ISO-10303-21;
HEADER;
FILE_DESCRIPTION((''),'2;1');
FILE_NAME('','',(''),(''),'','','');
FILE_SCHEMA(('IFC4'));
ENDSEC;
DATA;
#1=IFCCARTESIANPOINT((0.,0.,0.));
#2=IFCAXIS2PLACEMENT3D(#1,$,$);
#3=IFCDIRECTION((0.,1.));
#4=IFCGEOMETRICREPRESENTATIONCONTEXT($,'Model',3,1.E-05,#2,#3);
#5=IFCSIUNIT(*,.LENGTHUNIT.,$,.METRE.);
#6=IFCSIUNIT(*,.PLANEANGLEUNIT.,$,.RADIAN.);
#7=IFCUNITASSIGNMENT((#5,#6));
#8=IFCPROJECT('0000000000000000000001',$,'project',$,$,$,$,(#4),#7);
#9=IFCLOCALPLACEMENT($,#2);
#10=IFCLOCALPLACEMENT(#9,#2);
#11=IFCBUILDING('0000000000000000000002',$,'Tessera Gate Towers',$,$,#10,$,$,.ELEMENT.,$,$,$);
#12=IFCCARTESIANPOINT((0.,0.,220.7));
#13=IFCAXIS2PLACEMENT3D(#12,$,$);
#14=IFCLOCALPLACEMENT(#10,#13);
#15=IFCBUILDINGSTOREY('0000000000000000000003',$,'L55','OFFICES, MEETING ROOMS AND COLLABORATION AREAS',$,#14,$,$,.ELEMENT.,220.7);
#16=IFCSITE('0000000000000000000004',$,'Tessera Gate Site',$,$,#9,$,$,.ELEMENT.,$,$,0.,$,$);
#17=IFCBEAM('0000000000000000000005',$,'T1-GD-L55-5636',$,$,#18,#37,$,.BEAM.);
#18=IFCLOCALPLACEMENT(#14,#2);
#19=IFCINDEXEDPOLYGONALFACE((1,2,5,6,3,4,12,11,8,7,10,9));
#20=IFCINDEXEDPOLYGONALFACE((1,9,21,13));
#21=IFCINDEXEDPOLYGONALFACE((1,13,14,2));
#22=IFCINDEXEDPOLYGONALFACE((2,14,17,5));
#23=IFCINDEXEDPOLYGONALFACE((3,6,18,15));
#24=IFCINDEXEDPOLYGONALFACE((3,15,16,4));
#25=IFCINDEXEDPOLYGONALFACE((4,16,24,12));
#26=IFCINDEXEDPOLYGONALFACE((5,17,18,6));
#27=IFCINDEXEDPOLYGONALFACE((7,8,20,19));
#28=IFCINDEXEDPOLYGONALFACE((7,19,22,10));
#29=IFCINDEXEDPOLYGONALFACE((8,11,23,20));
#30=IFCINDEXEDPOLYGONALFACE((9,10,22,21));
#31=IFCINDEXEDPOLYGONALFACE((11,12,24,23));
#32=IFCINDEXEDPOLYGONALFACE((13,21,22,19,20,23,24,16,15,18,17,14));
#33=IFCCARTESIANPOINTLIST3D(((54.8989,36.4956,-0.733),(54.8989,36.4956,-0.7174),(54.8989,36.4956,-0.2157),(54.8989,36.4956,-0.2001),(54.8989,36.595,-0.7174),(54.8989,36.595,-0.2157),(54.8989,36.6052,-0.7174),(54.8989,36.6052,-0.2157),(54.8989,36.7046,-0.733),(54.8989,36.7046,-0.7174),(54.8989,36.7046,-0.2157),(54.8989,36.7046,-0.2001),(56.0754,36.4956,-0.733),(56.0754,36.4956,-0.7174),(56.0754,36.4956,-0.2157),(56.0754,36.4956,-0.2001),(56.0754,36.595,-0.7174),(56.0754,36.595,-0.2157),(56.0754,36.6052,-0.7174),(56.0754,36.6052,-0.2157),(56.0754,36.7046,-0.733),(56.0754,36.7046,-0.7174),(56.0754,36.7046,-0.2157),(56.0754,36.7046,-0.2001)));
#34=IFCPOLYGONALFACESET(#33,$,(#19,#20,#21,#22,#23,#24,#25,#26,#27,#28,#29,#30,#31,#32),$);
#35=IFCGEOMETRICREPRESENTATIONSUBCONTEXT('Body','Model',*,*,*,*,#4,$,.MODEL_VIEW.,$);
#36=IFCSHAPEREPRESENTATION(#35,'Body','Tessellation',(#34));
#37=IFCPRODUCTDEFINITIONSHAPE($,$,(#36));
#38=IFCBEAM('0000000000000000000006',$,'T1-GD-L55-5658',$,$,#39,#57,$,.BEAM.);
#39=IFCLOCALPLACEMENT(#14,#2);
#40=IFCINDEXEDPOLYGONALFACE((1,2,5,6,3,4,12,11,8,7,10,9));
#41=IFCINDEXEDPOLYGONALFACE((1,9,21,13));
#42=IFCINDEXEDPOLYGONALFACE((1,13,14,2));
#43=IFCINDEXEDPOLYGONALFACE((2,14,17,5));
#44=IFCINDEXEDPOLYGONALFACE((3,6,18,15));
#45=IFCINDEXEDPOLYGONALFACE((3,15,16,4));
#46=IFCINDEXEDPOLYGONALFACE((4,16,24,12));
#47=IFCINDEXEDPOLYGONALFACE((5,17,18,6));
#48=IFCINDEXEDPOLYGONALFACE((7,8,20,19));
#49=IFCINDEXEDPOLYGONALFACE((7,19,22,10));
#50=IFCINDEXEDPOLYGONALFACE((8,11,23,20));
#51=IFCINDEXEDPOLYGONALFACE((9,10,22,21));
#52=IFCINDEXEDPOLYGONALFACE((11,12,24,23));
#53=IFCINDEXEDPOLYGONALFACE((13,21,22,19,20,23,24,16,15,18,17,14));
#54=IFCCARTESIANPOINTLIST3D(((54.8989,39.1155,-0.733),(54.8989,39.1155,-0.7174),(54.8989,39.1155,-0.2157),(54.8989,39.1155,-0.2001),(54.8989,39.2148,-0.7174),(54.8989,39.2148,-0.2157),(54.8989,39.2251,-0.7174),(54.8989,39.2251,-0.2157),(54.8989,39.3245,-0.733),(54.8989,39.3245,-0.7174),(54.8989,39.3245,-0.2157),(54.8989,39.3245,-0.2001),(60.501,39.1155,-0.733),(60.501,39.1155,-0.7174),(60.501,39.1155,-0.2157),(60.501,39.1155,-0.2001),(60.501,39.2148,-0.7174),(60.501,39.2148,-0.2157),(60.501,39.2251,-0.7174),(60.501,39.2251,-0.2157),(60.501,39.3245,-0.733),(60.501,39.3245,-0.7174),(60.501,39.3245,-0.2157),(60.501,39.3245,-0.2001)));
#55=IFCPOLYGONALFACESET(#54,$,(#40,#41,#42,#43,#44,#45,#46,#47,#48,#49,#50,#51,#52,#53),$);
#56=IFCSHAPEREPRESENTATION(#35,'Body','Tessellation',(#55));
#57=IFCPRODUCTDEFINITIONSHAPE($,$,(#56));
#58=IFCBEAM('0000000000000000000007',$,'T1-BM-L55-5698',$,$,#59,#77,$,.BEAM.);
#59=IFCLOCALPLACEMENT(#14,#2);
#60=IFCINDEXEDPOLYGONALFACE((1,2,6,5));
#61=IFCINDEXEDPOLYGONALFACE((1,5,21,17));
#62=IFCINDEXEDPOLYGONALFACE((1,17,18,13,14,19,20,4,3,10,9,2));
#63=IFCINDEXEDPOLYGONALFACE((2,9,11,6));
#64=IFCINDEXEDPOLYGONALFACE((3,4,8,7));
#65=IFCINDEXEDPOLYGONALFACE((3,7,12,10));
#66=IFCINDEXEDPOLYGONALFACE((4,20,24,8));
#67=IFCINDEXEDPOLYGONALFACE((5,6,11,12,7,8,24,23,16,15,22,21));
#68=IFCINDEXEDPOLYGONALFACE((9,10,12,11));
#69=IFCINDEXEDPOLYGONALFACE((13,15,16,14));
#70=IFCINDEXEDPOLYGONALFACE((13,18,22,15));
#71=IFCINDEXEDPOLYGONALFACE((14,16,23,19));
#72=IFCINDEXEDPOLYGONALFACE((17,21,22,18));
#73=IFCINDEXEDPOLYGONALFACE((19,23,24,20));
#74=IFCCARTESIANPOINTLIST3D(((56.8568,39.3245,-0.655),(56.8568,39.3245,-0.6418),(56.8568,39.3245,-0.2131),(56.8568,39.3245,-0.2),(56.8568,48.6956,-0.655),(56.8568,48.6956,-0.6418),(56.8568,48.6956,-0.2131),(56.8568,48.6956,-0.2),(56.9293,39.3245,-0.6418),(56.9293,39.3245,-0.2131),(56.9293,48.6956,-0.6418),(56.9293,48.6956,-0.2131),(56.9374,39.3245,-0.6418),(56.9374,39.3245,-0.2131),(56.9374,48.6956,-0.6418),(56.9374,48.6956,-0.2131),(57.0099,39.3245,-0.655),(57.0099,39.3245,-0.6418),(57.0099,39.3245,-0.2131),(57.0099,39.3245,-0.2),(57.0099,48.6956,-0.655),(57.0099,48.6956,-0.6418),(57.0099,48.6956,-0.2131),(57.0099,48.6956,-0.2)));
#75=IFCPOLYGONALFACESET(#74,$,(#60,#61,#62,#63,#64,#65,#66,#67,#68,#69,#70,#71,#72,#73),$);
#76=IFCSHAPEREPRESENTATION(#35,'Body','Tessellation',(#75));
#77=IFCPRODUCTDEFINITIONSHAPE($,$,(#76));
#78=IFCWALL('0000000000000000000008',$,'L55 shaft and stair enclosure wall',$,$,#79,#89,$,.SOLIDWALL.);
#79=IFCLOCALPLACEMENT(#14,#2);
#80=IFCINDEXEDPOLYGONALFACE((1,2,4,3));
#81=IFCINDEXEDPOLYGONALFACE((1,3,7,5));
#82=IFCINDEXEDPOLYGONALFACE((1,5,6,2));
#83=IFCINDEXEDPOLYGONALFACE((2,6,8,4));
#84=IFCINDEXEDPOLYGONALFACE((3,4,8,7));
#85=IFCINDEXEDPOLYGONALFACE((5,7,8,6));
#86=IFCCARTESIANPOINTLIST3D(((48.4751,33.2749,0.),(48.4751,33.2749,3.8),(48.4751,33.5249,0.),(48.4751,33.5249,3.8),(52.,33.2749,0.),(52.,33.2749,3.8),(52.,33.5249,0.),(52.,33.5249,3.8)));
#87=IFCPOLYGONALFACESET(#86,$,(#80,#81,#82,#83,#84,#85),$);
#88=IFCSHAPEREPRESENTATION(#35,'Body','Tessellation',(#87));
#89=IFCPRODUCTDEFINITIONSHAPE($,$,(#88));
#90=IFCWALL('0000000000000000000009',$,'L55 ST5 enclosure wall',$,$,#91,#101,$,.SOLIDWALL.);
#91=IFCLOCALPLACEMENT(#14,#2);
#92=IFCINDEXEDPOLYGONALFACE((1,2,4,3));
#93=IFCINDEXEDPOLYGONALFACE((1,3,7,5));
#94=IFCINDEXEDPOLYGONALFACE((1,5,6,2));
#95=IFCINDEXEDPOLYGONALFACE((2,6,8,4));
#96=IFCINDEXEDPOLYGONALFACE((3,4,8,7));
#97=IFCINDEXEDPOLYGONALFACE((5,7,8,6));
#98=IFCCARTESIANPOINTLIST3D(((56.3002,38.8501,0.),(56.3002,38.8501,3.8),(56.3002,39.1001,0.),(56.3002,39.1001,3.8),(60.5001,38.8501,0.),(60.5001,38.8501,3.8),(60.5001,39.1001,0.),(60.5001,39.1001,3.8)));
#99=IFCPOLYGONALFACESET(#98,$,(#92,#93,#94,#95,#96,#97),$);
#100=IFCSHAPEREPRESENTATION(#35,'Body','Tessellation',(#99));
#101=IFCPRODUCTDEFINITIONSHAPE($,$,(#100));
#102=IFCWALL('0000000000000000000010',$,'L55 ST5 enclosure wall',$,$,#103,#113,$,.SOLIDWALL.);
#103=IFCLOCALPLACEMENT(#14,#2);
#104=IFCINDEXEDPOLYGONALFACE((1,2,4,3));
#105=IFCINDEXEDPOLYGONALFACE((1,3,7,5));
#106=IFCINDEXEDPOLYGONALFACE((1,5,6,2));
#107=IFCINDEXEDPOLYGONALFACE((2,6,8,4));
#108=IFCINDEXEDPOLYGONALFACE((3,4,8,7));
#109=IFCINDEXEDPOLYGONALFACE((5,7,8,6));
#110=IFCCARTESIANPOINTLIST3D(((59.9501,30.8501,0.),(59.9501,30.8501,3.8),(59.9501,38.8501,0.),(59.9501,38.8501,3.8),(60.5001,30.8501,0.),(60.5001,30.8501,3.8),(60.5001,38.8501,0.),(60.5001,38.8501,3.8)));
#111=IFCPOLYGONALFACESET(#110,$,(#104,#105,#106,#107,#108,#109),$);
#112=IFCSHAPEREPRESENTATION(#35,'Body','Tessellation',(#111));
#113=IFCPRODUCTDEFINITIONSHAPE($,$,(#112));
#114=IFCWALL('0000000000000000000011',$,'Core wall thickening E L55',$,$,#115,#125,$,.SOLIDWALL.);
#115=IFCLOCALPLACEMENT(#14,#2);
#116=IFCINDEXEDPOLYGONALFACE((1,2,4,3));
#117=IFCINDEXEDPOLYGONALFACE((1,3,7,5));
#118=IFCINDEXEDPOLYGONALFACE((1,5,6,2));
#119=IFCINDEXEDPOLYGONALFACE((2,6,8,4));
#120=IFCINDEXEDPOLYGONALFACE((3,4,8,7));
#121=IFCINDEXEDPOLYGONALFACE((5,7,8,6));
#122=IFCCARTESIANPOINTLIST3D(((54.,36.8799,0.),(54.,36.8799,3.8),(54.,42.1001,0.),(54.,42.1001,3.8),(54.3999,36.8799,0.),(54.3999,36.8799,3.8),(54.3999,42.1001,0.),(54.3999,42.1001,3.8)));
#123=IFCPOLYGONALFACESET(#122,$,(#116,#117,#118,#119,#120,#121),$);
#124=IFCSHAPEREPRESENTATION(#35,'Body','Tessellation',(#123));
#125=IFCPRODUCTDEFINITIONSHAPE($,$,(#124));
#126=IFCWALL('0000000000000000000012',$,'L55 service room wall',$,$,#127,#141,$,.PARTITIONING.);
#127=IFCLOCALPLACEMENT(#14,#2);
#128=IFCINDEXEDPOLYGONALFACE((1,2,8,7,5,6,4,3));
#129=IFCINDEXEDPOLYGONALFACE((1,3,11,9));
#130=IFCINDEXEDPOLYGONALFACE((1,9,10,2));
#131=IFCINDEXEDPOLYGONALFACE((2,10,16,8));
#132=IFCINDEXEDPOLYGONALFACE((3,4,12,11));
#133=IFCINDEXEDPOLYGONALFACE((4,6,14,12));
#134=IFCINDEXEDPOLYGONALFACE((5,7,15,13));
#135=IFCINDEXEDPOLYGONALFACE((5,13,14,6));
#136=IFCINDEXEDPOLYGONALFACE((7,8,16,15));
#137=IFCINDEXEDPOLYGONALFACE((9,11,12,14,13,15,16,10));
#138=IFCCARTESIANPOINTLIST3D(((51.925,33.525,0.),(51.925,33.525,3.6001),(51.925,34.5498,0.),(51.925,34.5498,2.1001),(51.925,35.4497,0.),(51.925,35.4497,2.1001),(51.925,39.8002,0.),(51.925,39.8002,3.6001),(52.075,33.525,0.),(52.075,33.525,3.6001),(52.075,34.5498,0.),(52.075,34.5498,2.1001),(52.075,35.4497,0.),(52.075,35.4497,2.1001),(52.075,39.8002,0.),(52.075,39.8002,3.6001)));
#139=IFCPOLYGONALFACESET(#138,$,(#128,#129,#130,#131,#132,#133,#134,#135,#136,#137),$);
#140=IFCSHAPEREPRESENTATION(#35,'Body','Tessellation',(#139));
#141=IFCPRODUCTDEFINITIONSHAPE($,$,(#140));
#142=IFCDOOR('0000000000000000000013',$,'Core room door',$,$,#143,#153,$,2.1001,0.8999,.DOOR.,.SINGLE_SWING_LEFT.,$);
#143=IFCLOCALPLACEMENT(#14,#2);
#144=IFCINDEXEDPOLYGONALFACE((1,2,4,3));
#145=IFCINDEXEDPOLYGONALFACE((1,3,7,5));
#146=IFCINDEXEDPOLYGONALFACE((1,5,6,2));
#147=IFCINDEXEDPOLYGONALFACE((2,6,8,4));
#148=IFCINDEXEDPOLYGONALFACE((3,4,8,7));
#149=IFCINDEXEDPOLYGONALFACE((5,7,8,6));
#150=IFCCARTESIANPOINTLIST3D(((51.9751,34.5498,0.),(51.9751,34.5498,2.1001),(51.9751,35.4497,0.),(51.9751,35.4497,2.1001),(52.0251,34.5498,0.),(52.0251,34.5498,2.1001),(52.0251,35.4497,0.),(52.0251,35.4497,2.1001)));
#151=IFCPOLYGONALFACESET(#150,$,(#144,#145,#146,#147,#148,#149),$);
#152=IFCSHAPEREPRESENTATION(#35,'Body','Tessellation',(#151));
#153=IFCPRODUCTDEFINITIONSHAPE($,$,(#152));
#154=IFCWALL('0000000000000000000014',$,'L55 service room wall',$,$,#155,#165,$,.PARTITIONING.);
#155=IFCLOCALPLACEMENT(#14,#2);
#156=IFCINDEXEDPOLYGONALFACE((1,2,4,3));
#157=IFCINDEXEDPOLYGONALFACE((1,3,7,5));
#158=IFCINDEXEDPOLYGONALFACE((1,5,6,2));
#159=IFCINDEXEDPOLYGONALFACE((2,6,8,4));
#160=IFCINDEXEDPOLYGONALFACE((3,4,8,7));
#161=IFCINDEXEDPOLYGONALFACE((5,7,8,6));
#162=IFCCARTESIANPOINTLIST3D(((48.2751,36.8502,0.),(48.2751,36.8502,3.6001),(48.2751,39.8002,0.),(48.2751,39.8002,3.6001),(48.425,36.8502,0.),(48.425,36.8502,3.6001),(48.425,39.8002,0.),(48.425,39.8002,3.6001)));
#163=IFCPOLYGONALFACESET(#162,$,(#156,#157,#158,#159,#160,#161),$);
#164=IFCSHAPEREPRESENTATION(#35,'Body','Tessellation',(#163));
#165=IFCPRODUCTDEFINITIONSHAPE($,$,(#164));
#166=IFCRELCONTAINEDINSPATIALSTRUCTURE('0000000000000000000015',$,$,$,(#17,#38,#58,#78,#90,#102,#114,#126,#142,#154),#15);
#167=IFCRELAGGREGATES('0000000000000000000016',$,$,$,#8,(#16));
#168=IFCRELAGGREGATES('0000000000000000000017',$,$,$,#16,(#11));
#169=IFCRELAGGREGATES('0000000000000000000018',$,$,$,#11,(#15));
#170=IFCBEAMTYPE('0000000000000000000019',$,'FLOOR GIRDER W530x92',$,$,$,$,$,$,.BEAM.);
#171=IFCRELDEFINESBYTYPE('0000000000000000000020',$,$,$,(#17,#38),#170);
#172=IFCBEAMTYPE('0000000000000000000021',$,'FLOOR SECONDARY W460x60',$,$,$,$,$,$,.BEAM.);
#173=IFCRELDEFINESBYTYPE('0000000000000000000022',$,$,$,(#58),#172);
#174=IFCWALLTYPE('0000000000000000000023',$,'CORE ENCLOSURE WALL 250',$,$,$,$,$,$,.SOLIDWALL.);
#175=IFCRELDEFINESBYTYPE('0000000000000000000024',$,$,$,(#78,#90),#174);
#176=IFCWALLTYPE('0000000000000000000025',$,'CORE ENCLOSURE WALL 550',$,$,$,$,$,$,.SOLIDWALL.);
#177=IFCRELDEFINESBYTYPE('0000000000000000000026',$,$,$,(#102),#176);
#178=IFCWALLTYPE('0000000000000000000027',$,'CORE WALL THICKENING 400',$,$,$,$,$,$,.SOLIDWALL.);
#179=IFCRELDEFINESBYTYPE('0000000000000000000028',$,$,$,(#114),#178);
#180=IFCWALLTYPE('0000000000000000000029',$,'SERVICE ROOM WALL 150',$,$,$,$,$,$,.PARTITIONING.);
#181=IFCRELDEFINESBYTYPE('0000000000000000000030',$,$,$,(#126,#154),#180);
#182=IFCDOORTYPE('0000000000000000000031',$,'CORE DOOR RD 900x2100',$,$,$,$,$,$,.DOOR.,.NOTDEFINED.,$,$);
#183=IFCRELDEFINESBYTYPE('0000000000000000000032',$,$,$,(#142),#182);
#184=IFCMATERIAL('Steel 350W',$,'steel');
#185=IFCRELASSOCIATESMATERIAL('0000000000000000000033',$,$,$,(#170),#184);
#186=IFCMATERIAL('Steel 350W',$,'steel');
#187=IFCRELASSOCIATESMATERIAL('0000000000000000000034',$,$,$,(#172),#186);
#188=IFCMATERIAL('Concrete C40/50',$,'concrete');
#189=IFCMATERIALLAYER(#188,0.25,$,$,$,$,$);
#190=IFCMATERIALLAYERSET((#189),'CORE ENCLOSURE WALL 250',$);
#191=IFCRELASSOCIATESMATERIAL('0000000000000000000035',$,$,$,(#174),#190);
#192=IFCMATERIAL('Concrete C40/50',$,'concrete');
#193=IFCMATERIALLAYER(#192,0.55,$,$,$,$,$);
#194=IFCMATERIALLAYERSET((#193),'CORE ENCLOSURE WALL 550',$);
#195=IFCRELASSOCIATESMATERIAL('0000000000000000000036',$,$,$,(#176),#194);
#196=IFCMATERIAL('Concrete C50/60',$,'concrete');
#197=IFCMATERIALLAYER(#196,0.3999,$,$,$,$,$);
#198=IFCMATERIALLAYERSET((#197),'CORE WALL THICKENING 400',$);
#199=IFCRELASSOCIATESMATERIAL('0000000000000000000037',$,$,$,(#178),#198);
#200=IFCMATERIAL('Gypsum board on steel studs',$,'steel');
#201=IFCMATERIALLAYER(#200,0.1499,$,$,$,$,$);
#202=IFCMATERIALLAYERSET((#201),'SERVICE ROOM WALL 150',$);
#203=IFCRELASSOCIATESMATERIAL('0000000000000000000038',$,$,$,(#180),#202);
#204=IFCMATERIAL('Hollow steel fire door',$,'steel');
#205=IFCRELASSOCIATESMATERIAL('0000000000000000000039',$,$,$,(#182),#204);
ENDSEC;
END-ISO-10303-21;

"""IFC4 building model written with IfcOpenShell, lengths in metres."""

from ifc_helpers import new_model, si_unit, direction, frame, frame_2d, origin, origin_2d, place, context, subcontext, project, spatial, rectangle, i_section, extrude, source, transform, mapped, material, layer, layer_set, material_profile, profile_set, type_object, element, fill, save


model = new_model("IFC4")

# Units and contexts
model_context = context("Model", 3, precision=1e-05, world=origin(), true_north=direction((0.0, 1.0)))
body_context = subcontext(model_context, "Body", "Model", "MODEL_VIEW")
ifc_project = project(units=[si_unit("LENGTHUNIT", "METRE"), si_unit("PLANEANGLEUNIT", "RADIAN")], contexts=[model_context])

# Site, building, storey
site_placement = place(None, origin())
site = spatial("IfcSite", under=ifc_project, at=site_placement, Name="Tessera Gate Site", CompositionType="ELEMENT", RefElevation=0.0)
building_placement = place(site_placement, origin())
building = spatial("IfcBuilding", under=site, at=building_placement, Name="Tessera Gate Towers", CompositionType="ELEMENT")
storey_placement = place(building_placement, frame((0.0, 0.0, 220.7)))
storey = spatial("IfcBuildingStorey", under=building, at=storey_placement, Name="L55", Description="OFFICES, MEETING ROOMS AND COLLABORATION AREAS", CompositionType="ELEMENT", Elevation=220.7)

# Beams
ifc_material_1 = material(Name="Steel 350W", Category="steel")
ifc_material_profile_1 = material_profile(ifc_material_1, i_section(OverallWidth=0.209, OverallDepth=0.533, WebThickness=0.0103, FlangeThickness=0.0156, at=origin_2d()), Name="W530x92")
ifc_profile_set_1 = profile_set([ifc_material_profile_1], Name="Steel 350W")
beam_type_1 = type_object("IfcBeamType", Name="FLOOR GIRDER W530x92", PredefinedType="BEAM", material=ifc_profile_set_1)
beam_1_placement = place(storey_placement, frame((54.8989, 36.6001, -0.4666), z_axis=(1.0, 0.0, 0.0), x_axis=(0.0, 1.0, 0.0)))
element("IfcBeam", 1, at=beam_1_placement, inside=storey, type_object=beam_type_1, Name="T1-GD-L55-5636", PredefinedType="BEAM", context=body_context, shape_type="SweptSolid", body=[
    extrude(i_section(OverallWidth=0.209, OverallDepth=0.533, WebThickness=0.0103, FlangeThickness=0.0156, at=origin_2d()), origin(), (0.0, 0.0, 1.0), 1.1765),
])
beam_2_placement = place(storey_placement, frame((54.8989, 39.22, -0.4666), z_axis=(1.0, 0.0, 0.0), x_axis=(0.0, 1.0, 0.0)))
element("IfcBeam", 2, at=beam_2_placement, inside=storey, type_object=beam_type_1, Name="T1-GD-L55-5658", PredefinedType="BEAM", context=body_context, shape_type="SweptSolid", body=[
    extrude(i_section(OverallWidth=0.209, OverallDepth=0.533, WebThickness=0.0103, FlangeThickness=0.0156, at=origin_2d()), origin(), (0.0, 0.0, 1.0), 5.6021),
])
ifc_material_2 = material(Name="Steel 350W", Category="steel")
ifc_material_profile_2 = material_profile(ifc_material_2, i_section(OverallWidth=0.1531, OverallDepth=0.4551, WebThickness=0.0081, FlangeThickness=0.0132, at=origin_2d()), Name="W460x60")
ifc_profile_set_2 = profile_set([ifc_material_profile_2], Name="Steel 350W")
beam_type_2 = type_object("IfcBeamType", Name="FLOOR SECONDARY W460x60", PredefinedType="BEAM", material=ifc_profile_set_2)
beam_3_placement = place(storey_placement, frame((56.9333, 39.3245, -0.4275), z_axis=(0.0, 1.0, 0.0), x_axis=(-1.0, 0.0, 0.0)))
element("IfcBeam", 3, at=beam_3_placement, inside=storey, type_object=beam_type_2, Name="T1-BM-L55-5698", PredefinedType="BEAM", context=body_context, shape_type="SweptSolid", body=[
    extrude(i_section(OverallWidth=0.1531, OverallDepth=0.4551, WebThickness=0.0081, FlangeThickness=0.0132, at=origin_2d()), origin(), (0.0, 0.0, 1.0), 9.3711),
])

# Walls
ifc_material_3 = material(Name="Concrete C40/50", Category="concrete")
ifc_layer_1 = layer(ifc_material_3, 0.25)
ifc_layer_set_1 = layer_set([ifc_layer_1], Name="CORE ENCLOSURE WALL 250")
wall_type_1 = type_object("IfcWallType", Name="CORE ENCLOSURE WALL 250", PredefinedType="SOLIDWALL", material=ifc_layer_set_1)
wall_1_placement = place(storey_placement, frame((48.4751, 33.3999, 0.0), z_axis=(0.0, 0.0, 1.0), x_axis=(1.0, 0.0, 0.0)))
element("IfcWall", 4, at=wall_1_placement, inside=storey, type_object=wall_type_1, Name="L55 shaft and stair enclosure wall", PredefinedType="SOLIDWALL", context=body_context, shape_type="SweptSolid", body=[
    extrude(rectangle(XDim=3.5249, YDim=0.25, at=frame_2d((1.7625, 0.0))), origin(), (0.0, 0.0, 1.0), 3.8),
])
wall_2_placement = place(storey_placement, frame((56.3, 38.9751, 0.0), z_axis=(0.0, 0.0, 1.0), x_axis=(1.0, 0.0, 0.0)))
element("IfcWall", 5, at=wall_2_placement, inside=storey, type_object=wall_type_1, Name="L55 ST5 enclosure wall", PredefinedType="SOLIDWALL", context=body_context, shape_type="SweptSolid", body=[
    extrude(rectangle(XDim=4.2, YDim=0.25, at=frame_2d((2.1001, 0.0))), origin(), (0.0, 0.0, 1.0), 3.8),
])
ifc_material_4 = material(Name="Concrete C40/50", Category="concrete")
ifc_layer_2 = layer(ifc_material_4, 0.55)
ifc_layer_set_2 = layer_set([ifc_layer_2], Name="CORE ENCLOSURE WALL 550")
wall_type_2 = type_object("IfcWallType", Name="CORE ENCLOSURE WALL 550", PredefinedType="SOLIDWALL", material=ifc_layer_set_2)
wall_3_placement = place(storey_placement, frame((60.2251, 38.8501, 0.0), z_axis=(0.0, 0.0, 1.0), x_axis=(0.0, -1.0, 0.0)))
element("IfcWall", 6, at=wall_3_placement, inside=storey, type_object=wall_type_2, Name="L55 ST5 enclosure wall", PredefinedType="SOLIDWALL", context=body_context, shape_type="SweptSolid", body=[
    extrude(rectangle(XDim=8.0, YDim=0.55, at=frame_2d((4.0, 0.0))), origin(), (0.0, 0.0, 1.0), 3.8),
])
ifc_material_5 = material(Name="Concrete C50/60", Category="concrete")
ifc_layer_3 = layer(ifc_material_5, 0.3999)
ifc_layer_set_3 = layer_set([ifc_layer_3], Name="CORE WALL THICKENING 400")
wall_type_3 = type_object("IfcWallType", Name="CORE WALL THICKENING 400", PredefinedType="SOLIDWALL", material=ifc_layer_set_3)
wall_4_placement = place(storey_placement, frame((54.2, 36.8799, 0.0), z_axis=(0.0, 0.0, 1.0), x_axis=(0.0, 1.0, 0.0)))
element("IfcWall", 7, at=wall_4_placement, inside=storey, type_object=wall_type_3, Name="Core wall thickening E L55", PredefinedType="SOLIDWALL", context=body_context, shape_type="SweptSolid", body=[
    extrude(rectangle(XDim=5.2202, YDim=0.3999, at=frame_2d((2.6101, 0.0))), origin(), (0.0, 0.0, 1.0), 3.8),
])

# Wall, opening, door
ifc_material_6 = material(Name="Gypsum board on steel studs", Category="steel")
ifc_layer_4 = layer(ifc_material_6, 0.1499)
ifc_layer_set_4 = layer_set([ifc_layer_4], Name="SERVICE ROOM WALL 150")
wall_type_4 = type_object("IfcWallType", Name="SERVICE ROOM WALL 150", PredefinedType="PARTITIONING", material=ifc_layer_set_4)
wall_5_placement = place(storey_placement, frame((52.0, 33.5249, 0.0), z_axis=(0.0, 0.0, 1.0), x_axis=(0.0, 1.0, 0.0)))
wall_5 = element("IfcWall", 8, at=wall_5_placement, inside=storey, type_object=wall_type_4, Name="L55 service room wall", PredefinedType="PARTITIONING", context=body_context, shape_type="SweptSolid", body=[
    extrude(rectangle(XDim=6.2751, YDim=0.1499, at=frame_2d((3.1377, 0.0))), origin(), (0.0, 0.0, 1.0), 3.6001),
])
shared_shape_1 = source(origin(), body_context, "Body", "SweptSolid", [
    extrude(rectangle(XDim=0.8999, YDim=2.1001, at=frame_2d((0.45, 1.05))), frame((0.0, 0.085, 0.0), z_axis=(0.0, -1.0, 0.0), x_axis=(1.0, 0.0, 0.0)), (0.0, 0.0, 1.0), 0.1699),
])
opening_placement = place(wall_5_placement, frame((1.0249, 0.0, 0.0)))
opening = element("IfcOpeningElement", 9, at=opening_placement, cuts=wall_5, PredefinedType="OPENING", context=body_context, shape_type="MappedRepresentation", body=[
    mapped(shared_shape_1, transform((0.0, 0.0, 0.0), scale=1.0)),
])
ifc_material_7 = material(Name="Hollow steel fire door", Category="steel")
door_type = type_object("IfcDoorType", Name="CORE DOOR RD 900x2100", OperationType="NOTDEFINED", PredefinedType="DOOR", material=ifc_material_7)
shared_shape_2 = source(origin(), body_context, "Body", "SweptSolid", [
    extrude(rectangle(XDim=0.8999, YDim=2.1001, at=frame_2d((0.45, 1.05))), frame((0.0, 0.0249, 0.0), z_axis=(0.0, -1.0, 0.0), x_axis=(1.0, 0.0, 0.0)), (0.0, 0.0, 1.0), 0.05),
])
door_placement = place(opening_placement, origin())
door = element("IfcDoor", 10, at=door_placement, inside=storey, type_object=door_type, Name="Core room door", OperationType="SINGLE_SWING_LEFT", OverallHeight=2.1001, OverallWidth=0.8999, PredefinedType="DOOR", context=body_context, shape_type="MappedRepresentation", body=[
    mapped(shared_shape_2, transform((0.0, 0.0, 0.0), scale=1.0)),
])
fill(opening, door)

# Wall
wall_6_placement = place(storey_placement, frame((48.3501, 36.8501, 0.0), z_axis=(0.0, 0.0, 1.0), x_axis=(0.0, 1.0, 0.0)))
element("IfcWall", 11, at=wall_6_placement, inside=storey, type_object=wall_type_4, Name="L55 service room wall", PredefinedType="PARTITIONING", context=body_context, shape_type="SweptSolid", body=[
    extrude(rectangle(XDim=2.95, YDim=0.1499, at=frame_2d((1.4751, 0.0))), origin(), (0.0, 0.0, 1.0), 3.6001),
])

save(model, "model.ifc")
